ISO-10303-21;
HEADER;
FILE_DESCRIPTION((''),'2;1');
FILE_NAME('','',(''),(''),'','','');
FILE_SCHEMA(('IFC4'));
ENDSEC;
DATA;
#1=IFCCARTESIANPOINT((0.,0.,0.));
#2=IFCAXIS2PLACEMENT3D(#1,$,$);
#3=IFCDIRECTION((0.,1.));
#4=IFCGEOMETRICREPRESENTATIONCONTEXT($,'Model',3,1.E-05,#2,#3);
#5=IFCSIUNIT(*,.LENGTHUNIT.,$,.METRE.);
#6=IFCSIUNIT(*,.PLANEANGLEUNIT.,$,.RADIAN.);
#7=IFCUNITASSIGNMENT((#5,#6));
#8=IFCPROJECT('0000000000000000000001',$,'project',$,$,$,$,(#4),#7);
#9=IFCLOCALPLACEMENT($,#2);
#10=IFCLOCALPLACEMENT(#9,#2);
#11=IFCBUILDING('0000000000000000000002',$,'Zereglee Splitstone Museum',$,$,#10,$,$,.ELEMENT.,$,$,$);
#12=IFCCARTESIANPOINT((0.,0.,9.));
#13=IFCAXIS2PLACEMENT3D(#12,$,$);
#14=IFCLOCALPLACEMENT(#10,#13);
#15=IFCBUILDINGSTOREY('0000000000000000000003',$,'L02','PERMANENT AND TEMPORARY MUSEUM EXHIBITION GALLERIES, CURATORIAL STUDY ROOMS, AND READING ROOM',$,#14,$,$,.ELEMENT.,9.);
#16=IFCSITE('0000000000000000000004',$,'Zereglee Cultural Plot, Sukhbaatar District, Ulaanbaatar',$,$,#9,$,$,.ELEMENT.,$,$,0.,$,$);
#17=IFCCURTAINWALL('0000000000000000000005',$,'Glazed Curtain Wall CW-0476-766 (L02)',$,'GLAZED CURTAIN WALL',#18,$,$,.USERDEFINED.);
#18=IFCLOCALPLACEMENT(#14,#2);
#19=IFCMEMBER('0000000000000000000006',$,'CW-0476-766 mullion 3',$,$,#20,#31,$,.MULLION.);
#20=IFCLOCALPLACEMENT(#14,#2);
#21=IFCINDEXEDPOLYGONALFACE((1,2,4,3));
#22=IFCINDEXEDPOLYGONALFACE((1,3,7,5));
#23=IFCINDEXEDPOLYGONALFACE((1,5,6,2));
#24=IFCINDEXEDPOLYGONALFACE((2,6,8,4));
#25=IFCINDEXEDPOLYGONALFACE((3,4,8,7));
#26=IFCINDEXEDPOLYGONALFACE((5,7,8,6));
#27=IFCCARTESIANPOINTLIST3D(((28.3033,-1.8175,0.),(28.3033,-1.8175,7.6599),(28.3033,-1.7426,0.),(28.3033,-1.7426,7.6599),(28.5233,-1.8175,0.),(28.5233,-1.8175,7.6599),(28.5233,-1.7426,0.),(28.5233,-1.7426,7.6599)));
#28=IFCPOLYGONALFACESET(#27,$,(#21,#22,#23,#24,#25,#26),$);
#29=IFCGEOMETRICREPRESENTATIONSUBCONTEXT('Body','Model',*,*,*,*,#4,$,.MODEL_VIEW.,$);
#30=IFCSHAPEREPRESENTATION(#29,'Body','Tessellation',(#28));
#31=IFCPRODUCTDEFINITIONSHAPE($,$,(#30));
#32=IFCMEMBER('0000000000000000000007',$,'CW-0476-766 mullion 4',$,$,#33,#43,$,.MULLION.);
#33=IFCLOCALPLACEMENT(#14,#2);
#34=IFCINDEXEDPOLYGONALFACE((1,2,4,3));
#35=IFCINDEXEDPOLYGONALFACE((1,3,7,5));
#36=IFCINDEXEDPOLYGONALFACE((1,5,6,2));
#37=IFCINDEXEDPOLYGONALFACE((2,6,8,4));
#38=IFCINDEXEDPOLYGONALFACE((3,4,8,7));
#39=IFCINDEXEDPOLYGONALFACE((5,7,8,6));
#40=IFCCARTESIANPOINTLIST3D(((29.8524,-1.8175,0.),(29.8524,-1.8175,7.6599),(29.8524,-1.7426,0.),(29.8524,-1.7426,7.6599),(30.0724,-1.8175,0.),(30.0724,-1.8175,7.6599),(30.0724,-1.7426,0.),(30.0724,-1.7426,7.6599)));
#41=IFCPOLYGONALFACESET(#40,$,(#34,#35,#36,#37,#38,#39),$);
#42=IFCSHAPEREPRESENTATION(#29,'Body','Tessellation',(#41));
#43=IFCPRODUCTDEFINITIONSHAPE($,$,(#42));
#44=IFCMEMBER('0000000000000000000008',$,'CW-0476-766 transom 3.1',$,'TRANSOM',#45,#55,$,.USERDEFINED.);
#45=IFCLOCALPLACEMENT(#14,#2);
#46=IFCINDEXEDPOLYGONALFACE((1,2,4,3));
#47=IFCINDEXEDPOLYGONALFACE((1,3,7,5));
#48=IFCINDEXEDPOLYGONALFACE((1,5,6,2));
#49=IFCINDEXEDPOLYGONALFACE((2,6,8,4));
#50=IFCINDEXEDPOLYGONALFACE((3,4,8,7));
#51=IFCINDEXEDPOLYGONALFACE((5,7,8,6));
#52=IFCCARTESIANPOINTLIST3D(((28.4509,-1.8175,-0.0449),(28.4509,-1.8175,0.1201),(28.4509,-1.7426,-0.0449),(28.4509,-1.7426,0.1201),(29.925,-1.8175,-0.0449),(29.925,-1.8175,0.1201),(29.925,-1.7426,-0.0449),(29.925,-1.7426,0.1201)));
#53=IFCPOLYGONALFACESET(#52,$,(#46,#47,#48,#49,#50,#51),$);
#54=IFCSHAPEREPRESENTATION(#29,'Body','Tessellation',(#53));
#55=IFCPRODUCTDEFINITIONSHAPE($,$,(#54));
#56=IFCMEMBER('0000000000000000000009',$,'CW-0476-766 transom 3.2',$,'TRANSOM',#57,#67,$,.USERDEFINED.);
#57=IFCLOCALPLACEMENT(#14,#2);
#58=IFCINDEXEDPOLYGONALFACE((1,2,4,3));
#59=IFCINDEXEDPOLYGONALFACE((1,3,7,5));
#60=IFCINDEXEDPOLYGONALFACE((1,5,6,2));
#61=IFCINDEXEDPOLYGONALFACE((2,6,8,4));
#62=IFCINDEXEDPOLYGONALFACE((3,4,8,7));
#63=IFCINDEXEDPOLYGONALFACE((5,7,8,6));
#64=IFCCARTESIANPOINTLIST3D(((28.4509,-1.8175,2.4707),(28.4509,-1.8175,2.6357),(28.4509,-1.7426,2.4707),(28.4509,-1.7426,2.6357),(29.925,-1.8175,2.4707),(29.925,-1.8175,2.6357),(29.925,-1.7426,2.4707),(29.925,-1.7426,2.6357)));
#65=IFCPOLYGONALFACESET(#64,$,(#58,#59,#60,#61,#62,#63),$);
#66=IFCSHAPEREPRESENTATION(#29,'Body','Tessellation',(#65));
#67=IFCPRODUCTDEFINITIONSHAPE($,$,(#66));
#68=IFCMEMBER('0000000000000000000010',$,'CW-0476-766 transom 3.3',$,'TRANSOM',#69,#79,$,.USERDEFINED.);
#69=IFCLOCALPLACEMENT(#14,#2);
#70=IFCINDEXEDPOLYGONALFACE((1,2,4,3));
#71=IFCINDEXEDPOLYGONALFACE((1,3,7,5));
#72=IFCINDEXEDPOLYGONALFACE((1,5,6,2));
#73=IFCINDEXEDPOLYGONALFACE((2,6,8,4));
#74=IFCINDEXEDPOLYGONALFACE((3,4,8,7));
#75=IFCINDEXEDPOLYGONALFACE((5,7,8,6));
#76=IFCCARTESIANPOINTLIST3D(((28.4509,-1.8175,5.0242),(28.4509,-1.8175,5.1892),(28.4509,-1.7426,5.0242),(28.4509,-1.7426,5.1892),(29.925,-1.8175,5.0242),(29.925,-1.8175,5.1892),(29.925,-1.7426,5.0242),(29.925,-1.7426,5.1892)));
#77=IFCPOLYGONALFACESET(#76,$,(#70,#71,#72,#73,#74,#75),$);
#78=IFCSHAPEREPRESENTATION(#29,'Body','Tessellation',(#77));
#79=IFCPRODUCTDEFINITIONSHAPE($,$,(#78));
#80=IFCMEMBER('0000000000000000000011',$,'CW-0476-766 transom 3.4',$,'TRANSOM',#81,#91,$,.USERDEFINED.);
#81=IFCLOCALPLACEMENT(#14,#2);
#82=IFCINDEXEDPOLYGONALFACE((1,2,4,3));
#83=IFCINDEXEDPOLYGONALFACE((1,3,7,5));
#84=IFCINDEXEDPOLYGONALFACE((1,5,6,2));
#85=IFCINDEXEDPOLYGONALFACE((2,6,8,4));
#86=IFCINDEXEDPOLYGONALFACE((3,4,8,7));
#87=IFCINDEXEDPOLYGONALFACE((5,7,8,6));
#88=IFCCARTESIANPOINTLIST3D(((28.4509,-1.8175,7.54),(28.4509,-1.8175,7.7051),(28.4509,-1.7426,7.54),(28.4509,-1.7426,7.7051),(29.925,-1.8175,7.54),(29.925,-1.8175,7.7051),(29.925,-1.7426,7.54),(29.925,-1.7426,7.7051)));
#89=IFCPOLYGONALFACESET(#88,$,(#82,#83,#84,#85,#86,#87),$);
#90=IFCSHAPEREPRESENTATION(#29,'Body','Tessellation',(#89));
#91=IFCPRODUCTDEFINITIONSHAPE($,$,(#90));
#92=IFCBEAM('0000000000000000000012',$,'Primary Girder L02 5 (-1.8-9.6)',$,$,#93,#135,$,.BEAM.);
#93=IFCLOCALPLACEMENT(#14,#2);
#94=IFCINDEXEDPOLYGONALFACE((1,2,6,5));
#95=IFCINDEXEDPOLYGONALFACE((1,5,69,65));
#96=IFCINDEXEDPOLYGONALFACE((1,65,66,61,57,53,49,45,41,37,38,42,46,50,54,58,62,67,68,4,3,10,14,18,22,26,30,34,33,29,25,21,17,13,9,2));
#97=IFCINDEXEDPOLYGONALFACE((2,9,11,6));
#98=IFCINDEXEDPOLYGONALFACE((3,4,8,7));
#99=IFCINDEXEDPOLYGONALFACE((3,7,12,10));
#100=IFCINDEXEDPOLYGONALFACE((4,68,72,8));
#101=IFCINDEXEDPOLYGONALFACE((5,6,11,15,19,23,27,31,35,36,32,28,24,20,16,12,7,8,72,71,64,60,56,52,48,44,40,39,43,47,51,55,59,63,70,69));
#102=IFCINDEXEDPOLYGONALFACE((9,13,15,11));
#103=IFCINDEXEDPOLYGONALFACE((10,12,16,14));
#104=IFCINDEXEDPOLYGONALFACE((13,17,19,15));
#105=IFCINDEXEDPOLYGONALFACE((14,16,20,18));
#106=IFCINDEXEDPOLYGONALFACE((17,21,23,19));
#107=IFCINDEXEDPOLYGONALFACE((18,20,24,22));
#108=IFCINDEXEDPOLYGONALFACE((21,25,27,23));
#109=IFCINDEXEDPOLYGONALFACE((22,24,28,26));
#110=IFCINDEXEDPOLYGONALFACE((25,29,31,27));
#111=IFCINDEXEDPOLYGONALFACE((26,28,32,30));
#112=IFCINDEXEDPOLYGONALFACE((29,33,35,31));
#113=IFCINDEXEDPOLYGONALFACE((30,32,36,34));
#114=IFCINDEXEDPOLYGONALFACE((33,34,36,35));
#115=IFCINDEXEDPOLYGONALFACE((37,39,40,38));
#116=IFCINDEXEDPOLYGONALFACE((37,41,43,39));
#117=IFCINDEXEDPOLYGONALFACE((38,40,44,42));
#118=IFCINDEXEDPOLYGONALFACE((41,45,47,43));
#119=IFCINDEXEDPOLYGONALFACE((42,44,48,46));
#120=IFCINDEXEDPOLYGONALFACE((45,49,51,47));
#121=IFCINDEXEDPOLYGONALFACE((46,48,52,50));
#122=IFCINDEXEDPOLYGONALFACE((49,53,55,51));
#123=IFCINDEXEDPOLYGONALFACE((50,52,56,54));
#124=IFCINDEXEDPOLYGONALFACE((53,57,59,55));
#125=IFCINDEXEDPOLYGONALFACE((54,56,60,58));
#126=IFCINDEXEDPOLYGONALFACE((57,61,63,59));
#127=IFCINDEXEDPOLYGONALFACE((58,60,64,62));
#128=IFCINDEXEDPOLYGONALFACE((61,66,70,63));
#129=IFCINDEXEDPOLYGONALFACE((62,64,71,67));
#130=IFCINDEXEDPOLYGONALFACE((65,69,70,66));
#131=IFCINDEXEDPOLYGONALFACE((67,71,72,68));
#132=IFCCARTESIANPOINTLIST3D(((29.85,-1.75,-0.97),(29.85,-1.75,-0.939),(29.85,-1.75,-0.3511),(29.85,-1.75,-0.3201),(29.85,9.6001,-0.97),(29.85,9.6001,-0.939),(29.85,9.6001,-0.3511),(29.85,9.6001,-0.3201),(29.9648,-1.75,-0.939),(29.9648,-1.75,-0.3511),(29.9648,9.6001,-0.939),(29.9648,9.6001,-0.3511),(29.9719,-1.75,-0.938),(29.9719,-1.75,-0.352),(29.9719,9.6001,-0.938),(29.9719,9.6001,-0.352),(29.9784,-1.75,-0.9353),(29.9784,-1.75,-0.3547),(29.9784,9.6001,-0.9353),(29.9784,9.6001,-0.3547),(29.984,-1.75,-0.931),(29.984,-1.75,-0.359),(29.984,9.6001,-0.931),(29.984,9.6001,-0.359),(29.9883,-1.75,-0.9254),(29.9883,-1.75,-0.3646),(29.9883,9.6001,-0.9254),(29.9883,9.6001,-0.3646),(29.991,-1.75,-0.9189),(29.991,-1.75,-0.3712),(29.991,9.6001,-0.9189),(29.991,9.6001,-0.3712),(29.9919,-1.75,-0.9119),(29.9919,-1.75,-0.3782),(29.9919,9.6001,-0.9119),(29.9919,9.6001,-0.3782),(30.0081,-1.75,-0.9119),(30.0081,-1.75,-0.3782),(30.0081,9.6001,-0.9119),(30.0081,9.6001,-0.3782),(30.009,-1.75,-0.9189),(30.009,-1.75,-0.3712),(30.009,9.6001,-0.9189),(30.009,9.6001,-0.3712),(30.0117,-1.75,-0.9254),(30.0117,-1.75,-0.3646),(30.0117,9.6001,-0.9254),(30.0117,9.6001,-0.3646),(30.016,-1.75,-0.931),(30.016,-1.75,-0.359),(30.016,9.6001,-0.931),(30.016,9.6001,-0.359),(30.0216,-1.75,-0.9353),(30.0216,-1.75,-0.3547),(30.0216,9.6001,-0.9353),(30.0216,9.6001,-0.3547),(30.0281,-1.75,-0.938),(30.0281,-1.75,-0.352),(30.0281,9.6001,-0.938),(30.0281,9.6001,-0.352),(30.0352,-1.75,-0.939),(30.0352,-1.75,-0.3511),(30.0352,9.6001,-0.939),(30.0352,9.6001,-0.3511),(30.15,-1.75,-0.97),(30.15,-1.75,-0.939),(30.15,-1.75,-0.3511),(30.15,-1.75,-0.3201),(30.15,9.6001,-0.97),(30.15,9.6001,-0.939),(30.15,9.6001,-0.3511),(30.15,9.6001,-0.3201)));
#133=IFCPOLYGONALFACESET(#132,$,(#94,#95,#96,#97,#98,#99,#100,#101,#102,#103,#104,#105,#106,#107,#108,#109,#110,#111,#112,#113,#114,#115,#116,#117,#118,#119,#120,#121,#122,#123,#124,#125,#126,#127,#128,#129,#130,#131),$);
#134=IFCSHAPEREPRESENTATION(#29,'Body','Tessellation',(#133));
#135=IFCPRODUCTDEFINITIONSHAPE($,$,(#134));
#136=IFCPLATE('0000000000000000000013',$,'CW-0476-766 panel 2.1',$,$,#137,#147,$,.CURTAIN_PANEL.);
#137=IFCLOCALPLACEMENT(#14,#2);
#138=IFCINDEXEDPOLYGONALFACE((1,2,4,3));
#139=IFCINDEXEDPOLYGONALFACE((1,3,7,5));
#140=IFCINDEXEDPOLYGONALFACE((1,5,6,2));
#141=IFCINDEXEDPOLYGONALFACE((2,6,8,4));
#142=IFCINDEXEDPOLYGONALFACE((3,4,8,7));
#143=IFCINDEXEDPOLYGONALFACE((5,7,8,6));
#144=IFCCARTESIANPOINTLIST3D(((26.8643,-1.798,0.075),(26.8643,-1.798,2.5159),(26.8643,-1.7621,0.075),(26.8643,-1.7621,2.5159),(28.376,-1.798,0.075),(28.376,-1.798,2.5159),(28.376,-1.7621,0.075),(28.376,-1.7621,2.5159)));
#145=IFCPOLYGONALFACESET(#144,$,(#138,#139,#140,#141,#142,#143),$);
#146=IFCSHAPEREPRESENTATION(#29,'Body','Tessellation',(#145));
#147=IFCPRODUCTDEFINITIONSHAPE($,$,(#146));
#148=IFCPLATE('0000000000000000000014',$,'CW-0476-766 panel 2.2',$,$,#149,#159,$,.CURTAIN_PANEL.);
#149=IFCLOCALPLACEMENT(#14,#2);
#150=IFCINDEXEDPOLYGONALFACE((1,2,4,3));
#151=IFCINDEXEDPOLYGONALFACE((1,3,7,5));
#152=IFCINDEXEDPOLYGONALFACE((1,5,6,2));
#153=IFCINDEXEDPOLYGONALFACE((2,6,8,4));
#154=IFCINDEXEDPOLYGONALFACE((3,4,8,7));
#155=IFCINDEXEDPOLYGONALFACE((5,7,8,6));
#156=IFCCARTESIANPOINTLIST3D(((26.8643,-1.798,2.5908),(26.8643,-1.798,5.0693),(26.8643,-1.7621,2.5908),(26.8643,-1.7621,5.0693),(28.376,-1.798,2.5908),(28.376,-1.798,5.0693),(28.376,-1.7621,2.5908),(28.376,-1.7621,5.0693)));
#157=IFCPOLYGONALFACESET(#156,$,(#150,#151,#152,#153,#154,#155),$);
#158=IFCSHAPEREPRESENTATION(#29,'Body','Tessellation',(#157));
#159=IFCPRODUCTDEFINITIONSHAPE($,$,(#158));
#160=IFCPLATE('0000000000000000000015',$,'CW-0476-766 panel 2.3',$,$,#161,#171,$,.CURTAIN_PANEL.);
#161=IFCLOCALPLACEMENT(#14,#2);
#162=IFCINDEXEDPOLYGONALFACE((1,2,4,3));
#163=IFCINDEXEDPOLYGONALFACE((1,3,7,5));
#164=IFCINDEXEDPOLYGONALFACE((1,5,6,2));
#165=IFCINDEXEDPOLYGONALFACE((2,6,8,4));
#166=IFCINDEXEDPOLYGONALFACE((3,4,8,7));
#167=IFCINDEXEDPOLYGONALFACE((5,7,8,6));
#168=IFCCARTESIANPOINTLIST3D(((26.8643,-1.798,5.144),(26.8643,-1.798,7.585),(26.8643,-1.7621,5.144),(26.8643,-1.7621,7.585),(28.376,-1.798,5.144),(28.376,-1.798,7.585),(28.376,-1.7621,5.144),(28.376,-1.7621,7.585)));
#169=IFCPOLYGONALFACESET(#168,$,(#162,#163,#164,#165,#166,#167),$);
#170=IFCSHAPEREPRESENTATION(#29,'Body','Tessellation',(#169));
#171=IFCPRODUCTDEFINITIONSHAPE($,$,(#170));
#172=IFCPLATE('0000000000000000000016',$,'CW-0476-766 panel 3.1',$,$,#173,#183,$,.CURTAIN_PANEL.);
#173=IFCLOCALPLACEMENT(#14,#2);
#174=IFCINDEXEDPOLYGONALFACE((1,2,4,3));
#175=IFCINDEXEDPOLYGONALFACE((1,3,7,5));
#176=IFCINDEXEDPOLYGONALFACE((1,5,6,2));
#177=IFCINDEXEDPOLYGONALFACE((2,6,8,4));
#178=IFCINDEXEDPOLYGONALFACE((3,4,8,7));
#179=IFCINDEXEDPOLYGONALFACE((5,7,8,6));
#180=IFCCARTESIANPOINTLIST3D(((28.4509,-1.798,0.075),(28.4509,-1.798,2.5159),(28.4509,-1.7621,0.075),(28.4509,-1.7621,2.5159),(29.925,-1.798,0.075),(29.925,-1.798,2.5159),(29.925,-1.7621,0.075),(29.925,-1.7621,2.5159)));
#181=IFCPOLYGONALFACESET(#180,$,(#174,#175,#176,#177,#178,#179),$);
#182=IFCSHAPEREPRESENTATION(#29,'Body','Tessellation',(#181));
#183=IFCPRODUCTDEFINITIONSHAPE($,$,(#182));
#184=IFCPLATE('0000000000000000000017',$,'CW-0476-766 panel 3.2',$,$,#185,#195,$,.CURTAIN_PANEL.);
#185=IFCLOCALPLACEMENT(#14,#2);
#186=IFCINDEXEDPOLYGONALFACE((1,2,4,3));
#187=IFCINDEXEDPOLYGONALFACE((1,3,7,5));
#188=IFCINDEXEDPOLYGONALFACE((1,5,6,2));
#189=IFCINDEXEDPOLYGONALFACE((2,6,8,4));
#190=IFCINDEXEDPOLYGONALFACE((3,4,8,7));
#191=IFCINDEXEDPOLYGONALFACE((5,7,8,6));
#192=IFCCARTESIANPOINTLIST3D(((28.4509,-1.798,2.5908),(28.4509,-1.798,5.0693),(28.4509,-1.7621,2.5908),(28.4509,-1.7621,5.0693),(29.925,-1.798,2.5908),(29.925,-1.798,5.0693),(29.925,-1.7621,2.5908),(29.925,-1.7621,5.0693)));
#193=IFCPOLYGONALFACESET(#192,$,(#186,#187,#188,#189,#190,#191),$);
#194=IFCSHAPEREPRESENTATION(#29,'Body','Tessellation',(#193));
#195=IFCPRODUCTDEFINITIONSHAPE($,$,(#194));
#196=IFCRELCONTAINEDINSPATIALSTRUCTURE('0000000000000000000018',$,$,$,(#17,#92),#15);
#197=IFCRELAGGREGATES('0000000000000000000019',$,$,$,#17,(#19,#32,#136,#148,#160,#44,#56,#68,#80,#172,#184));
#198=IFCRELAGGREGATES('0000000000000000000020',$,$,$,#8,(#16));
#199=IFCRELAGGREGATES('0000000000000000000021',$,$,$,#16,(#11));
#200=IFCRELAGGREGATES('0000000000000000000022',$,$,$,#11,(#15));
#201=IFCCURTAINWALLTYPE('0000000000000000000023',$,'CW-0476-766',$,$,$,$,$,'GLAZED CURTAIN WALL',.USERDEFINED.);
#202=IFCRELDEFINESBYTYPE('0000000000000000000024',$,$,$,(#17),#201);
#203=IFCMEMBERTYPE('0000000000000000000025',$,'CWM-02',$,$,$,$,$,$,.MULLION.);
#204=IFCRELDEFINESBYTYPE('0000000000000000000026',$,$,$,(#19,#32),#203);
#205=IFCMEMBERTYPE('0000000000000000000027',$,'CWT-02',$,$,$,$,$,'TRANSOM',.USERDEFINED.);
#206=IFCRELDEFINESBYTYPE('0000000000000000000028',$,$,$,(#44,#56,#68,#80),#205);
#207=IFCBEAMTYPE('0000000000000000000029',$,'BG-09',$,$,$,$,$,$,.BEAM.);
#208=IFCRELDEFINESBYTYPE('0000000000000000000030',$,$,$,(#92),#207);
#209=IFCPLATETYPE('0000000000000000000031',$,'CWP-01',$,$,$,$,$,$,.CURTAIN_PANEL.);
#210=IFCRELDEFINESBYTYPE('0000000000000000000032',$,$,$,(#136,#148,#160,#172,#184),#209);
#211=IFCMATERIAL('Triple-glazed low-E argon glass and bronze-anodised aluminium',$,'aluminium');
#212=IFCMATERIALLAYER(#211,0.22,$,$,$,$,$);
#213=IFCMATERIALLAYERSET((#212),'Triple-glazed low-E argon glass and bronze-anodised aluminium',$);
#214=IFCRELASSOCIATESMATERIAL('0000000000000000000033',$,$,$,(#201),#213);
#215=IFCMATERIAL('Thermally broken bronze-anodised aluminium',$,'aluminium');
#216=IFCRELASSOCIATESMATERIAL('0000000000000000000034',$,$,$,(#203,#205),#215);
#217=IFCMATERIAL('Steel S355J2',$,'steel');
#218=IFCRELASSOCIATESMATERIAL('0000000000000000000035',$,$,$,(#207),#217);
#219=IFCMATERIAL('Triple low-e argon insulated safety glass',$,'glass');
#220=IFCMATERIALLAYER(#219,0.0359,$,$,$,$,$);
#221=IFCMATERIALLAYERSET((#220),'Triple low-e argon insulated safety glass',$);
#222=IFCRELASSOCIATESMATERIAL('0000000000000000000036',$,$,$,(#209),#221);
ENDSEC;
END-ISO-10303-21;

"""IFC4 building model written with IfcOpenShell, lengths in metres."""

from ifc_helpers import new_model, si_unit, direction, frame, origin, origin_2d, place, context, subcontext, project, spatial, rectangle, i_section, extrude, material, layer, layer_set, material_profile, profile_set, type_object, element, aggregate, save


model = new_model("IFC4")

# Units and contexts
model_context = context("Model", 3, precision=1e-05, world=origin(), true_north=direction((0.0, 1.0)))
body_context = subcontext(model_context, "Body", "Model", "MODEL_VIEW")
ifc_project = project(units=[si_unit("LENGTHUNIT", "METRE"), si_unit("PLANEANGLEUNIT", "RADIAN")], contexts=[model_context])

# Site, building, storey
site_placement = place(None, origin())
site = spatial("IfcSite", under=ifc_project, at=site_placement, Name="Zereglee Cultural Plot, Sukhbaatar District, Ulaanbaatar", CompositionType="ELEMENT", RefElevation=0.0)
building_placement = place(site_placement, origin())
building = spatial("IfcBuilding", under=site, at=building_placement, Name="Zereglee Splitstone Museum", CompositionType="ELEMENT")
storey_placement = place(building_placement, frame((0.0, 0.0, 9.0)))
storey = spatial("IfcBuildingStorey", under=building, at=storey_placement, Name="L02", Description="PERMANENT AND TEMPORARY MUSEUM EXHIBITION GALLERIES, CURATORIAL STUDY ROOMS, AND READING ROOM", CompositionType="ELEMENT", Elevation=9.0)

# Curtain wall, members
ifc_material_1 = material(Name="Triple-glazed low-E argon glass and bronze-anodised aluminium", Category="aluminium")
ifc_layer_1 = layer(ifc_material_1, 0.22)
ifc_layer_set_1 = layer_set([ifc_layer_1], Name="Triple-glazed low-E argon glass and bronze-anodised aluminium")
curtain_wall_type = type_object("IfcCurtainWallType", Name="CW-0476-766", ElementType="GLAZED CURTAIN WALL", PredefinedType="USERDEFINED", material=ifc_layer_set_1)
curtain_wall_placement = place(storey_placement, origin())
curtain_wall = element("IfcCurtainWall", 1, at=curtain_wall_placement, inside=storey, type_object=curtain_wall_type, Name="Glazed Curtain Wall CW-0476-766 (L02)", ObjectType="GLAZED CURTAIN WALL", PredefinedType="USERDEFINED")
ifc_material_2 = material(Name="Thermally broken bronze-anodised aluminium", Category="aluminium")
ifc_material_profile_1 = material_profile(ifc_material_2, rectangle(XDim=0.075, YDim=0.22, at=origin_2d()), Name="CW MULL 75x220")
ifc_profile_set_1 = profile_set([ifc_material_profile_1], Name="Thermally broken bronze-anodised aluminium")
member_type_1 = type_object("IfcMemberType", Name="CWM-02", PredefinedType="MULLION", material=ifc_profile_set_1)
member_1_placement = place(storey_placement, frame((28.4133, -1.78, 0.0), z_axis=(0.0, 0.0, 1.0), x_axis=(0.0, 1.0, 0.0)))
member_1 = element("IfcMember", 2, at=member_1_placement, type_object=member_type_1, Name="CW-0476-766 mullion 3", PredefinedType="MULLION", context=body_context, shape_type="SweptSolid", body=[
    extrude(rectangle(XDim=0.075, YDim=0.22, at=origin_2d()), origin(), (0.0, 0.0, 1.0), 7.6599),
])
member_2_placement = place(storey_placement, frame((29.9624, -1.78, 0.0), z_axis=(0.0, 0.0, 1.0), x_axis=(0.0, 1.0, 0.0)))
member_2 = element("IfcMember", 3, at=member_2_placement, type_object=member_type_1, Name="CW-0476-766 mullion 4", PredefinedType="MULLION", context=body_context, shape_type="SweptSolid", body=[
    extrude(rectangle(XDim=0.075, YDim=0.22, at=origin_2d()), origin(), (0.0, 0.0, 1.0), 7.6599),
])
ifc_material_profile_2 = material_profile(ifc_material_2, rectangle(XDim=0.075, YDim=0.165, at=origin_2d()), Name="CW TRAN 75x165")
ifc_profile_set_2 = profile_set([ifc_material_profile_2], Name="Thermally broken bronze-anodised aluminium")
member_type_2 = type_object("IfcMemberType", Name="CWT-02", ElementType="TRANSOM", PredefinedType="USERDEFINED", material=ifc_profile_set_2)
member_3_placement = place(storey_placement, frame((28.4509, -1.78, 0.0376), z_axis=(1.0, 0.0, 0.0), x_axis=(0.0, 1.0, 0.0)))
member_3 = element("IfcMember", 4, at=member_3_placement, type_object=member_type_2, Name="CW-0476-766 transom 3.1", ObjectType="TRANSOM", PredefinedType="USERDEFINED", context=body_context, shape_type="SweptSolid", body=[
    extrude(rectangle(XDim=0.075, YDim=0.165, at=origin_2d()), origin(), (0.0, 0.0, 1.0), 1.4741),
])
member_4_placement = place(storey_placement, frame((28.4509, -1.78, 2.5532), z_axis=(1.0, 0.0, 0.0), x_axis=(0.0, 1.0, 0.0)))
member_4 = element("IfcMember", 5, at=member_4_placement, type_object=member_type_2, Name="CW-0476-766 transom 3.2", ObjectType="TRANSOM", PredefinedType="USERDEFINED", context=body_context, shape_type="SweptSolid", body=[
    extrude(rectangle(XDim=0.075, YDim=0.165, at=origin_2d()), origin(), (0.0, 0.0, 1.0), 1.4741),
])
member_5_placement = place(storey_placement, frame((28.4509, -1.78, 5.1067), z_axis=(1.0, 0.0, 0.0), x_axis=(0.0, 1.0, 0.0)))
member_5 = element("IfcMember", 6, at=member_5_placement, type_object=member_type_2, Name="CW-0476-766 transom 3.3", ObjectType="TRANSOM", PredefinedType="USERDEFINED", context=body_context, shape_type="SweptSolid", body=[
    extrude(rectangle(XDim=0.075, YDim=0.165, at=origin_2d()), origin(), (0.0, 0.0, 1.0), 1.4741),
])
member_6_placement = place(storey_placement, frame((28.4509, -1.78, 7.6226), z_axis=(1.0, 0.0, 0.0), x_axis=(0.0, 1.0, 0.0)))
member_6 = element("IfcMember", 7, at=member_6_placement, type_object=member_type_2, Name="CW-0476-766 transom 3.4", ObjectType="TRANSOM", PredefinedType="USERDEFINED", context=body_context, shape_type="SweptSolid", body=[
    extrude(rectangle(XDim=0.075, YDim=0.165, at=origin_2d()), origin(), (0.0, 0.0, 1.0), 1.4741),
])

# Beam
ifc_material_3 = material(Name="Steel S355J2", Category="steel")
ifc_material_profile_3 = material_profile(ifc_material_3, i_section(OverallWidth=0.3, OverallDepth=0.6499, WebThickness=0.0161, FlangeThickness=0.031, FilletRadius=0.0271, at=origin_2d()), Name="HE 650 B")
ifc_profile_set_3 = profile_set([ifc_material_profile_3], Name="Steel S355J2")
beam_type = type_object("IfcBeamType", Name="BG-09", PredefinedType="BEAM", material=ifc_profile_set_3)
beam_placement = place(storey_placement, frame((30.0, -1.75, -0.645), z_axis=(0.0, 1.0, 0.0), x_axis=(-1.0, 0.0, 0.0)))
element("IfcBeam", 8, at=beam_placement, inside=storey, type_object=beam_type, Name="Primary Girder L02 5 (-1.8-9.6)", PredefinedType="BEAM", context=body_context, shape_type="SweptSolid", body=[
    extrude(i_section(OverallWidth=0.3, OverallDepth=0.6499, WebThickness=0.0161, FlangeThickness=0.031, FilletRadius=0.0271, at=origin_2d()), origin(), (0.0, 0.0, 1.0), 11.3501),
])

# Plates
ifc_material_4 = material(Name="Triple low-e argon insulated safety glass", Category="glass")
ifc_layer_2 = layer(ifc_material_4, 0.0359)
ifc_layer_set_2 = layer_set([ifc_layer_2], Name="Triple low-e argon insulated safety glass")
plate_type = type_object("IfcPlateType", Name="CWP-01", PredefinedType="CURTAIN_PANEL", material=ifc_layer_set_2)
plate_1_placement = place(storey_placement, frame((27.6201, -1.78, 0.075), z_axis=(0.0, 0.0, 1.0), x_axis=(1.0, 0.0, 0.0)))
plate_1 = element("IfcPlate", 9, at=plate_1_placement, type_object=plate_type, Name="CW-0476-766 panel 2.1", PredefinedType="CURTAIN_PANEL", context=body_context, shape_type="SweptSolid", body=[
    extrude(rectangle(XDim=1.5117, YDim=0.0359, at=origin_2d()), origin(), (0.0, 0.0, 1.0), 2.4409),
])
plate_2_placement = place(storey_placement, frame((27.6201, -1.78, 2.5908), z_axis=(0.0, 0.0, 1.0), x_axis=(1.0, 0.0, 0.0)))
plate_2 = element("IfcPlate", 10, at=plate_2_placement, type_object=plate_type, Name="CW-0476-766 panel 2.2", PredefinedType="CURTAIN_PANEL", context=body_context, shape_type="SweptSolid", body=[
    extrude(rectangle(XDim=1.5117, YDim=0.0359, at=origin_2d()), origin(), (0.0, 0.0, 1.0), 2.4785),
])
plate_3_placement = place(storey_placement, frame((27.6201, -1.78, 5.144), z_axis=(0.0, 0.0, 1.0), x_axis=(1.0, 0.0, 0.0)))
plate_3 = element("IfcPlate", 11, at=plate_3_placement, type_object=plate_type, Name="CW-0476-766 panel 2.3", PredefinedType="CURTAIN_PANEL", context=body_context, shape_type="SweptSolid", body=[
    extrude(rectangle(XDim=1.5117, YDim=0.0359, at=origin_2d()), origin(), (0.0, 0.0, 1.0), 2.4409),
])
plate_4_placement = place(storey_placement, frame((29.188, -1.78, 0.075), z_axis=(0.0, 0.0, 1.0), x_axis=(1.0, 0.0, 0.0)))
plate_4 = element("IfcPlate", 12, at=plate_4_placement, type_object=plate_type, Name="CW-0476-766 panel 3.1", PredefinedType="CURTAIN_PANEL", context=body_context, shape_type="SweptSolid", body=[
    extrude(rectangle(XDim=1.4741, YDim=0.0359, at=origin_2d()), origin(), (0.0, 0.0, 1.0), 2.4409),
])
plate_5_placement = place(storey_placement, frame((29.188, -1.78, 2.5908), z_axis=(0.0, 0.0, 1.0), x_axis=(1.0, 0.0, 0.0)))
plate_5 = element("IfcPlate", 13, at=plate_5_placement, type_object=plate_type, Name="CW-0476-766 panel 3.2", PredefinedType="CURTAIN_PANEL", context=body_context, shape_type="SweptSolid", body=[
    extrude(rectangle(XDim=1.4741, YDim=0.0359, at=origin_2d()), origin(), (0.0, 0.0, 1.0), 2.4785),
])
aggregate(curtain_wall, [member_1, member_2, plate_1, plate_2, plate_3, member_3, member_4, member_5, member_6, plate_4, plate_5])

save(model, "model.ifc")
